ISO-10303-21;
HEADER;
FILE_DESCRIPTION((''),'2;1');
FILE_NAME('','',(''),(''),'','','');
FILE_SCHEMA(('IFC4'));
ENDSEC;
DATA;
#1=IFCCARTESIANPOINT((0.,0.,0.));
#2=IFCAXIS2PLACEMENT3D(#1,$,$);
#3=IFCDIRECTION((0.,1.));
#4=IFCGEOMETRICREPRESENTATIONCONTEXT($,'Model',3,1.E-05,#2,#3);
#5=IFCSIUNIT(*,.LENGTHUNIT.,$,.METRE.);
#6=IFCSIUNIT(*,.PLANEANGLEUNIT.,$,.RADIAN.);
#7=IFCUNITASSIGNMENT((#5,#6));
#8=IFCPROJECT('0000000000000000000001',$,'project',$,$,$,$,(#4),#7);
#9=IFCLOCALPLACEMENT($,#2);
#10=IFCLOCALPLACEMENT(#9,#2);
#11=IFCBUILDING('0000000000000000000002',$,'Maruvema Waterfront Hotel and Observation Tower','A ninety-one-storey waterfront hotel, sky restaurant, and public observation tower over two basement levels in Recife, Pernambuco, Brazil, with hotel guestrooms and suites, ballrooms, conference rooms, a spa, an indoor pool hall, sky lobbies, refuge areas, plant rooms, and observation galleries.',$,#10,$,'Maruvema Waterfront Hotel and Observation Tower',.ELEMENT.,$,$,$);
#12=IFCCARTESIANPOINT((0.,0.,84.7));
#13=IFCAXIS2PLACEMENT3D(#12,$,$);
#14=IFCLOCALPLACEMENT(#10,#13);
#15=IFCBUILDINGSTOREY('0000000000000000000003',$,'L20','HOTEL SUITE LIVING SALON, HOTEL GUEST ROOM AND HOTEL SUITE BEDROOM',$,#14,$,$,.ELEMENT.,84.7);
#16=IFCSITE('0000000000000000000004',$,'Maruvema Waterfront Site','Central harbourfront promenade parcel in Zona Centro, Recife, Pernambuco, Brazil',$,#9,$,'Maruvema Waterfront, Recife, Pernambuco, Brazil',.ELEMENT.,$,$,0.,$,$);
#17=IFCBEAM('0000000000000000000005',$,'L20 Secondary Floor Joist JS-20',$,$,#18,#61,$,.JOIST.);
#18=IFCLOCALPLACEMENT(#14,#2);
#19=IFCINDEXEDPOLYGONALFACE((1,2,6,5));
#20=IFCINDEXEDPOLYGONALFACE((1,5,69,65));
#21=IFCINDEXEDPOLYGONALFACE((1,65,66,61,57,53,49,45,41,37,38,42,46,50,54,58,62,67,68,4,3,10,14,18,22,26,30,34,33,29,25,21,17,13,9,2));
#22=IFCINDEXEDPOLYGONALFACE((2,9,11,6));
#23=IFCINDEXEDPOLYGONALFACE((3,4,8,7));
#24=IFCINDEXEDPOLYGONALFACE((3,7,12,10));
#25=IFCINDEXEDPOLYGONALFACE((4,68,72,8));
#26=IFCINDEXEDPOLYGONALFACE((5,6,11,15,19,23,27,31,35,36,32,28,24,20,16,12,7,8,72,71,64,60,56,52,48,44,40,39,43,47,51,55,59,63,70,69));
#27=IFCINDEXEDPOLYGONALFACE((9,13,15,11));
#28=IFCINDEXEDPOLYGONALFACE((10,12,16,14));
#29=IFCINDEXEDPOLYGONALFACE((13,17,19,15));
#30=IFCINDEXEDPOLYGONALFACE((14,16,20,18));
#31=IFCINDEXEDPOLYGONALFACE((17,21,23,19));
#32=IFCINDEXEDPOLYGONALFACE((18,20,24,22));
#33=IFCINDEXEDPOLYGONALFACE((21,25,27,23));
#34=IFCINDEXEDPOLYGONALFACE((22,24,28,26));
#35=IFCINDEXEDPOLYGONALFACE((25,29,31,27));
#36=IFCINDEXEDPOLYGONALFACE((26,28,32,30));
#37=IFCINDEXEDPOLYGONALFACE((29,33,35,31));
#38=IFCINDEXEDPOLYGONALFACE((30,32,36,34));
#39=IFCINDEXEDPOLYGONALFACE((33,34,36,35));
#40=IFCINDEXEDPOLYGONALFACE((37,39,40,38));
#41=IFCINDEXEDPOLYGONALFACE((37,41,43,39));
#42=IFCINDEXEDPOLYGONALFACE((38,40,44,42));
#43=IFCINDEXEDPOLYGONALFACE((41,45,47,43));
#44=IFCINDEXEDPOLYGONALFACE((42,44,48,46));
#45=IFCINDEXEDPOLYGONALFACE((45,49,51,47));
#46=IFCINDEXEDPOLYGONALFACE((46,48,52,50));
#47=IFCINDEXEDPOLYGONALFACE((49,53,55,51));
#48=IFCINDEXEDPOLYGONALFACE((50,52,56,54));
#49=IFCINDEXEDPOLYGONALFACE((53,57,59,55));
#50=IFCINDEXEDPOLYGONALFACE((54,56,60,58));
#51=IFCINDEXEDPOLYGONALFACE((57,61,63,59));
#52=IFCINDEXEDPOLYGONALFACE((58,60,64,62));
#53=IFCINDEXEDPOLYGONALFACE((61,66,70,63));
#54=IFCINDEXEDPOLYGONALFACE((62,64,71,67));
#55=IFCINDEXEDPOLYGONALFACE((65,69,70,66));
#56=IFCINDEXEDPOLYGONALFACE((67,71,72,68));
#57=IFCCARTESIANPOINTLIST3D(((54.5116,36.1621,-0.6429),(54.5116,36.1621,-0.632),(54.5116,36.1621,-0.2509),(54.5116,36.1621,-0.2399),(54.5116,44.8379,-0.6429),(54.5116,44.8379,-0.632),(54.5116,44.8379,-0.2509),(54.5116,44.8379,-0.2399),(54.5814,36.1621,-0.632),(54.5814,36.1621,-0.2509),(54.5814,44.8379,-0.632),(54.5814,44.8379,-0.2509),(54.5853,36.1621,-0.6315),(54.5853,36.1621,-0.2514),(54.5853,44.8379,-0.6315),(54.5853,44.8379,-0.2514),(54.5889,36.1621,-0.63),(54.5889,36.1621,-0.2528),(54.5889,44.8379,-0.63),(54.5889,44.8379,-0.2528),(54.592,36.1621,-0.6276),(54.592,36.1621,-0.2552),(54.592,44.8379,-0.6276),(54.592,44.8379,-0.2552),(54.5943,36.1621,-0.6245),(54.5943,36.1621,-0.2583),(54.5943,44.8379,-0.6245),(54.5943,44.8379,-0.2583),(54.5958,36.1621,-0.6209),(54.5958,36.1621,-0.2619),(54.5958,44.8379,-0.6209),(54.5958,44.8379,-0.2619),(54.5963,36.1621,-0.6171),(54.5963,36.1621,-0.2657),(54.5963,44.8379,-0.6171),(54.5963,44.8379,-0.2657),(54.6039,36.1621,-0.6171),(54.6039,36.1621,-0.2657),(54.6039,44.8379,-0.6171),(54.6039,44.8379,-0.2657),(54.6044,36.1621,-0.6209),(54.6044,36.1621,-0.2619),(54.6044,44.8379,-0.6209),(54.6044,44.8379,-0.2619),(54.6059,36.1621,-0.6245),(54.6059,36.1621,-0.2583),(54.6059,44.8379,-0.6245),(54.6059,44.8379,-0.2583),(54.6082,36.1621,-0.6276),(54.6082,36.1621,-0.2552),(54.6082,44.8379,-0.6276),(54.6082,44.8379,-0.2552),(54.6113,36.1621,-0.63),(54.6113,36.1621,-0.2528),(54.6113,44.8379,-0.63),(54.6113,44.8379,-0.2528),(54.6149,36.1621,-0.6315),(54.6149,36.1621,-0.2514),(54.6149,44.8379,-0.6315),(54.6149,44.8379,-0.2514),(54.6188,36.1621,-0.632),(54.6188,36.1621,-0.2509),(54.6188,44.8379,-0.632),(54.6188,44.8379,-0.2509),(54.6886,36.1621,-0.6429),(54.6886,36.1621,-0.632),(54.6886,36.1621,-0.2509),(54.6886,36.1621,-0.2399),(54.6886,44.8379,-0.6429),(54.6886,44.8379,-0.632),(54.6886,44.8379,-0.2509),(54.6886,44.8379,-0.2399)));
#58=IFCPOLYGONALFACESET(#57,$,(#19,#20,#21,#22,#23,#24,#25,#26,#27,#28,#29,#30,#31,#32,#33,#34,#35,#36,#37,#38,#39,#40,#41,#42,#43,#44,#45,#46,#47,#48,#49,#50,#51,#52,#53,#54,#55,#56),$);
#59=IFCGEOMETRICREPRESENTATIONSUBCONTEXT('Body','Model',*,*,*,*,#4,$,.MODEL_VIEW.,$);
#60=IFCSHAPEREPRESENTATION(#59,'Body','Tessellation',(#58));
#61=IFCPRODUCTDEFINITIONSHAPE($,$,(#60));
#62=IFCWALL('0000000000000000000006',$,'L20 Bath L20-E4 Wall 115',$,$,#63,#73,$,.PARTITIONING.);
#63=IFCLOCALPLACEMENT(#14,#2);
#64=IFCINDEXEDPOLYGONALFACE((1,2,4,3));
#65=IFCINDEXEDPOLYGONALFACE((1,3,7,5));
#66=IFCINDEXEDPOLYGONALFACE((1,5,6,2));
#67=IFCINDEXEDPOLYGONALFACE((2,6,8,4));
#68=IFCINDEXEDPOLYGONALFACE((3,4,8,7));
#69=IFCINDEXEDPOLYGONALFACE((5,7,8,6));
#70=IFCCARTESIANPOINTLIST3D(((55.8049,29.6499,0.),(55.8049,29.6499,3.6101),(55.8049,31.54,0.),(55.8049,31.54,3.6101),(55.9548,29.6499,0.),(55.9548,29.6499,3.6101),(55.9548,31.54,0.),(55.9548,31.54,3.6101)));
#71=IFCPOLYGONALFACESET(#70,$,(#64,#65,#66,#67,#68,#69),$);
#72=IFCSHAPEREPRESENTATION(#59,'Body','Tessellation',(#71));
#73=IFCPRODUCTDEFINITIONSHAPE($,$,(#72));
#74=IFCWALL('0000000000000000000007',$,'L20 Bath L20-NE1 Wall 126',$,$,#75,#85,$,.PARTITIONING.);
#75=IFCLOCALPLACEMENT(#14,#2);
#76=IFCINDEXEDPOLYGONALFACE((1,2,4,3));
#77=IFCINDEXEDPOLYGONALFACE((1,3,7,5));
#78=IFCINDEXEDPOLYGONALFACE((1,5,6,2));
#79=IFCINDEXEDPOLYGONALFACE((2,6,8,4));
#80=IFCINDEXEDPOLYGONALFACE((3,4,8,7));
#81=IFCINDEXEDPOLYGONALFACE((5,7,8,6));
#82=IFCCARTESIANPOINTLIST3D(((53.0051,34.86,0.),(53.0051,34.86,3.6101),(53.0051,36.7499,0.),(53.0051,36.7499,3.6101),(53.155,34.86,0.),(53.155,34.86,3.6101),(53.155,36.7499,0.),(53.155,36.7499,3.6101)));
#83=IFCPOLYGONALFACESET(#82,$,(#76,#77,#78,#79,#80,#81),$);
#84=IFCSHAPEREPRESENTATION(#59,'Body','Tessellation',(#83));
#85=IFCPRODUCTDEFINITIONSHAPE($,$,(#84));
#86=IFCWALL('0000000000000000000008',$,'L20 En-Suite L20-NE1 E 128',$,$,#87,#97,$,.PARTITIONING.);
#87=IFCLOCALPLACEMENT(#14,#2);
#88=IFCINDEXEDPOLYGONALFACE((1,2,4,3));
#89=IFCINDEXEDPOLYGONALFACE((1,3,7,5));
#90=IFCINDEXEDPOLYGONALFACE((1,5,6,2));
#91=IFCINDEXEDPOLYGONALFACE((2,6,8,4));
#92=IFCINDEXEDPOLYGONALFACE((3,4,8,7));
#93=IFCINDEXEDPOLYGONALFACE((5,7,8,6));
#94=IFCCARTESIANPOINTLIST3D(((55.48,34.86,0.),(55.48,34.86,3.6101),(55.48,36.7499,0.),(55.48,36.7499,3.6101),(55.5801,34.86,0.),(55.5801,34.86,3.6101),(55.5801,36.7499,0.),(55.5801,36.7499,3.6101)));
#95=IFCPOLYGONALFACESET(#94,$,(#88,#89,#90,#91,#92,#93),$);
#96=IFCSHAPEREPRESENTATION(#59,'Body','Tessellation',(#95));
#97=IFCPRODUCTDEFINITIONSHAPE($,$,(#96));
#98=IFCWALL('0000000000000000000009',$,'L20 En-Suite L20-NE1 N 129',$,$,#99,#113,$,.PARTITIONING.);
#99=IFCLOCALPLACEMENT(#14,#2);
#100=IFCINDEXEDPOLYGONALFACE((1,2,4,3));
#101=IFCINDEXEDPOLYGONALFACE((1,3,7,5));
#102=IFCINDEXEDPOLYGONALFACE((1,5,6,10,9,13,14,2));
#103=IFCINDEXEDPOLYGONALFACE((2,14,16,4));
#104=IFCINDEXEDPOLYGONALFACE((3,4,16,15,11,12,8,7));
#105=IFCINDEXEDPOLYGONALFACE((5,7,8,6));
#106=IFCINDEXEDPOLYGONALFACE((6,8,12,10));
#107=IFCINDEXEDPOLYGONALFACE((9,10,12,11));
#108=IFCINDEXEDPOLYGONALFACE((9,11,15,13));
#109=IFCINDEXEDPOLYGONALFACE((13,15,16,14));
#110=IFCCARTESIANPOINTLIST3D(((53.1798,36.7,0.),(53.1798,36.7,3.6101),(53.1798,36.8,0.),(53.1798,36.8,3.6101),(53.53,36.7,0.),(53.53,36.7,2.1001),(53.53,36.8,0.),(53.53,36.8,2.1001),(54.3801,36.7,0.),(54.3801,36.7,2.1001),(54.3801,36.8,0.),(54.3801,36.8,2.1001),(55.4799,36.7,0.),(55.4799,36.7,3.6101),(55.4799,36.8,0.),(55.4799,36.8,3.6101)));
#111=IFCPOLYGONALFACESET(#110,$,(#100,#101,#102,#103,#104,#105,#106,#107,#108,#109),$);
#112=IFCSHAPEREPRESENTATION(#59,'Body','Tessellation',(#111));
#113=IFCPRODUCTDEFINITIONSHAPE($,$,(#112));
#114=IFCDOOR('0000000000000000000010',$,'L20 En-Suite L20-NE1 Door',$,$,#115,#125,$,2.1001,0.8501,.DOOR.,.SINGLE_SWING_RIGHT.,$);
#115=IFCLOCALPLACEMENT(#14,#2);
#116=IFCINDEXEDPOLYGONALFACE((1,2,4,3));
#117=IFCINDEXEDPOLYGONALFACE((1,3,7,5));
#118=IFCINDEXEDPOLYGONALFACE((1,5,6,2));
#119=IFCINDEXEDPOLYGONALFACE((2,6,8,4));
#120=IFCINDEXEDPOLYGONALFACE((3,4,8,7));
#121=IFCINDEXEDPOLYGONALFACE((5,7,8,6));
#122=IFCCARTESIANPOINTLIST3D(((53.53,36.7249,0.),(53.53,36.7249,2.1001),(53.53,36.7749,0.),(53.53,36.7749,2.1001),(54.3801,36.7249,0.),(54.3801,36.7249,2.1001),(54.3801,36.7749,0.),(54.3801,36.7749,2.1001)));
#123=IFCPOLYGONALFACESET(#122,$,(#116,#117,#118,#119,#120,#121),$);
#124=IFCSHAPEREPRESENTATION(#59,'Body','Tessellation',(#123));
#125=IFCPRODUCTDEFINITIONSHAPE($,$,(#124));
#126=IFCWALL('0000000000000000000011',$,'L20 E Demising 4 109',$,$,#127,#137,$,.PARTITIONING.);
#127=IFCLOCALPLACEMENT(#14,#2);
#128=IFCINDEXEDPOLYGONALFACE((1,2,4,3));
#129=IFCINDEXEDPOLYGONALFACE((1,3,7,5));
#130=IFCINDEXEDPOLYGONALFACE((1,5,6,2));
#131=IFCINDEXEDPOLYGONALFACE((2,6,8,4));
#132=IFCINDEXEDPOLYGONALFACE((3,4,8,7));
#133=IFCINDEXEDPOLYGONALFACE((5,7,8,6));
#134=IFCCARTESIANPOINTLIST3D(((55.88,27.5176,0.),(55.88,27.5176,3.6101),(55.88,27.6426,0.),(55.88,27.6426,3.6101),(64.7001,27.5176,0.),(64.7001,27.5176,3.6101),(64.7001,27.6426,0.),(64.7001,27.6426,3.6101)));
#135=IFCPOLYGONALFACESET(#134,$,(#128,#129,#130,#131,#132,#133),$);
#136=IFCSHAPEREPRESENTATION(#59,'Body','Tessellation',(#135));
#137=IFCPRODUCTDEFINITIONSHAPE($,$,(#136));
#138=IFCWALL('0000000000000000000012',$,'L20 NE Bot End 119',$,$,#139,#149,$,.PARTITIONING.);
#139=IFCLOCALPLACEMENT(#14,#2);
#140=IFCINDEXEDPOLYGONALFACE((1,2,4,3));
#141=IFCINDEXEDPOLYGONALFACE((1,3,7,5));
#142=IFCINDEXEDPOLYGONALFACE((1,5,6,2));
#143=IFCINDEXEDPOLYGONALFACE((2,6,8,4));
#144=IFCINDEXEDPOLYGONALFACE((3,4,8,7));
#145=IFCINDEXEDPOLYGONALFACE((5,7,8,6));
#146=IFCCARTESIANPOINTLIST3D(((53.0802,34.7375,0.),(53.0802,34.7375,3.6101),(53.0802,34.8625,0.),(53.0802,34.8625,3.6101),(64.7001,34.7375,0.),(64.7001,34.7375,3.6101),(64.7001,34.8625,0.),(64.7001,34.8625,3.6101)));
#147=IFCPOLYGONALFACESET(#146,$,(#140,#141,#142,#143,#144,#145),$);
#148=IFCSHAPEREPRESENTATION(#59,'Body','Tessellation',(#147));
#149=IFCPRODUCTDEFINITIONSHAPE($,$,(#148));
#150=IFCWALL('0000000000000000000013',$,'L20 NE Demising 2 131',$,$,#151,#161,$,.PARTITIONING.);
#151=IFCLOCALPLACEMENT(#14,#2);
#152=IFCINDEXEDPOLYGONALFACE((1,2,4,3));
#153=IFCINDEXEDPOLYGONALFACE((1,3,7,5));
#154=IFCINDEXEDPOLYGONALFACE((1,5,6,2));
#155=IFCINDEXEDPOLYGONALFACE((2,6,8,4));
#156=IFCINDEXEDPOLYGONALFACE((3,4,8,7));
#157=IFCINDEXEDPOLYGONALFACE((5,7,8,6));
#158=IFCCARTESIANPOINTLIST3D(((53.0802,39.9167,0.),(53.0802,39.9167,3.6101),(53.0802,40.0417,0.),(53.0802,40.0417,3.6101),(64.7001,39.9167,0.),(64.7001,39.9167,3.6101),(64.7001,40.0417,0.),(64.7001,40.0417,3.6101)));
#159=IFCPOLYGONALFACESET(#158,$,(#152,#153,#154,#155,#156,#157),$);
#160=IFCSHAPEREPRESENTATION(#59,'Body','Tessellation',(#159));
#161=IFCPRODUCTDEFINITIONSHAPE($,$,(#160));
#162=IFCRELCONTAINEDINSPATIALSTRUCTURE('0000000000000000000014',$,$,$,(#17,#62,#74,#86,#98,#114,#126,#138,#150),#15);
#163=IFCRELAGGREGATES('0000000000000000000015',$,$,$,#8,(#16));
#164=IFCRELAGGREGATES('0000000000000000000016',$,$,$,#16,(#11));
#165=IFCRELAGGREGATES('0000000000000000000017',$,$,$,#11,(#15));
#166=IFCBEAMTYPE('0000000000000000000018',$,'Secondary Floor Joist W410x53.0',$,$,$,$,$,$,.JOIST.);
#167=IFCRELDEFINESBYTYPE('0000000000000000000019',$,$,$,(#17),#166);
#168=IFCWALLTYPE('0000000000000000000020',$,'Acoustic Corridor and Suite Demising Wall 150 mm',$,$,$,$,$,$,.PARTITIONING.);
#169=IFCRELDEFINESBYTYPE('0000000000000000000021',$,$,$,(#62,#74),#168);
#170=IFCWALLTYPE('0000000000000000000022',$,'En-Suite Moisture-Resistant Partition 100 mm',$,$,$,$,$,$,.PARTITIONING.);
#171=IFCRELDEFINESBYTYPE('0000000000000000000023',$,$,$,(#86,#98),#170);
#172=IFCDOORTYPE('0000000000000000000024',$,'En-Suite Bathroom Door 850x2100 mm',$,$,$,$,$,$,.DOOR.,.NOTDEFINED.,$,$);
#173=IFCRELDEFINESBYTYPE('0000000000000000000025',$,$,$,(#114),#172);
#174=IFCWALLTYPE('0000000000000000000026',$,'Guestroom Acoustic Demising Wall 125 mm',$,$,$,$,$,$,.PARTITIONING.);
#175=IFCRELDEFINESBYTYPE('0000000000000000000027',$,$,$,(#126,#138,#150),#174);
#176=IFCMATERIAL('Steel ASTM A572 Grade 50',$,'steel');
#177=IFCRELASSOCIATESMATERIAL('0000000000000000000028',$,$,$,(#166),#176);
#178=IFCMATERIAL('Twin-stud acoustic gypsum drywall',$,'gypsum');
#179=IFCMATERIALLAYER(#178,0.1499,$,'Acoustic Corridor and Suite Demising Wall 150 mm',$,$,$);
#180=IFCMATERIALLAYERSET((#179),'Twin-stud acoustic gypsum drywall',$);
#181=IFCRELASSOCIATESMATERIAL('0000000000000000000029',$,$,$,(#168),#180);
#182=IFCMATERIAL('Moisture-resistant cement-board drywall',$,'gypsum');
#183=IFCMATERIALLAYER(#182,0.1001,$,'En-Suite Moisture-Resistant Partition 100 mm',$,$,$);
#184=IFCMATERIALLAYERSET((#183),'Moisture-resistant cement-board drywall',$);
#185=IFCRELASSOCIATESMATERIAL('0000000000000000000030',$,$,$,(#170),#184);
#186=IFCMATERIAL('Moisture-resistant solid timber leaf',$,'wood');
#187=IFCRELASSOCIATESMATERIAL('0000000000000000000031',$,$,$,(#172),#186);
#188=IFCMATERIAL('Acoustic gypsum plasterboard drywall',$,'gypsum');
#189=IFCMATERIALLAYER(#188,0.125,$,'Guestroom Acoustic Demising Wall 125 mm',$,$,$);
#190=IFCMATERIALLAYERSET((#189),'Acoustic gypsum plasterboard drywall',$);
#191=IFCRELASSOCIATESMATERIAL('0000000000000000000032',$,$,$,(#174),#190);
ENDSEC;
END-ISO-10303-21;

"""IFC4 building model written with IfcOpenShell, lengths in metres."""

from ifc_helpers import new_model, si_unit, direction, frame, frame_2d, origin, origin_2d, place, context, subcontext, project, spatial, rectangle, i_section, extrude, material, layer, layer_set, material_profile, profile_set, type_object, element, fill, save


model = new_model("IFC4")

# Units and contexts
model_context = context("Model", 3, precision=1e-05, world=origin(), true_north=direction((0.0, 1.0)))
body_context = subcontext(model_context, "Body", "Model", "MODEL_VIEW")
ifc_project = project(units=[si_unit("LENGTHUNIT", "METRE"), si_unit("PLANEANGLEUNIT", "RADIAN")], contexts=[model_context])

# Site, building, storey
site_placement = place(None, origin())
site = spatial("IfcSite", under=ifc_project, at=site_placement, Name="Maruvema Waterfront Site", Description="Central harbourfront promenade parcel in Zona Centro, Recife, Pernambuco, Brazil", LongName="Maruvema Waterfront, Recife, Pernambuco, Brazil", CompositionType="ELEMENT", RefElevation=0.0)
building_placement = place(site_placement, origin())
building = spatial("IfcBuilding", under=site, at=building_placement, Name="Maruvema Waterfront Hotel and Observation Tower", Description="A ninety-one-storey waterfront hotel, sky restaurant, and public observation tower over two basement levels in Recife, Pernambuco, Brazil, with hotel guestrooms and suites, ballrooms, conference rooms, a spa, an indoor pool hall, sky lobbies, refuge areas, plant rooms, and observation galleries.", LongName="Maruvema Waterfront Hotel and Observation Tower", CompositionType="ELEMENT")
storey_placement = place(building_placement, frame((0.0, 0.0, 84.7)))
storey = spatial("IfcBuildingStorey", under=building, at=storey_placement, Name="L20", Description="HOTEL SUITE LIVING SALON, HOTEL GUEST ROOM AND HOTEL SUITE BEDROOM", CompositionType="ELEMENT", Elevation=84.7)

# Beam
ifc_material_1 = material(Name="Steel ASTM A572 Grade 50", Category="steel")
ifc_material_profile_1 = material_profile(ifc_material_1, i_section(OverallWidth=0.177, OverallDepth=0.4031, WebThickness=0.0076, FlangeThickness=0.011, FilletRadius=0.0149, at=origin_2d()), Name="W410x53.0")
ifc_profile_set_1 = profile_set([ifc_material_profile_1], Name="Steel ASTM A572 Grade 50")
beam_type_1 = type_object("IfcBeamType", Name="Secondary Floor Joist W410x53.0", PredefinedType="JOIST", material=ifc_profile_set_1)
beam_1_placement = place(storey_placement, frame((54.6001, 36.1621, -0.4414), z_axis=(0.0, 1.0, 0.0), x_axis=(-1.0, 0.0, 0.0)))
element("IfcBeam", 1, at=beam_1_placement, inside=storey, type_object=beam_type_1, Name="L20 Secondary Floor Joist JS-20", PredefinedType="JOIST", context=body_context, shape_type="SweptSolid", body=[
    extrude(i_section(OverallWidth=0.177, OverallDepth=0.4031, WebThickness=0.0076, FlangeThickness=0.011, FilletRadius=0.0149, at=origin_2d()), origin(), (0.0, 0.0, 1.0), 8.6758),
])

# Shared definitions
ifc_material_2 = material(Name="Twin-stud acoustic gypsum drywall", Category="gypsum")
ifc_layer_1 = layer(ifc_material_2, 0.1499, Name="Acoustic Corridor and Suite Demising Wall 150 mm")
ifc_layer_set_1 = layer_set([ifc_layer_1], Name="Twin-stud acoustic gypsum drywall")
wall_type_1 = type_object("IfcWallType", Name="Acoustic Corridor and Suite Demising Wall 150 mm", PredefinedType="PARTITIONING", material=ifc_layer_set_1)

# Walls
wall_1_placement = place(storey_placement, frame((55.8799, 29.6499, 0.0), z_axis=(0.0, 0.0, 1.0), x_axis=(0.0, 1.0, 0.0)))
element("IfcWall", 2, at=wall_1_placement, inside=storey, type_object=wall_type_1, Name="L20 Bath L20-E4 Wall 115", PredefinedType="PARTITIONING", context=body_context, shape_type="SweptSolid", body=[
    extrude(rectangle(XDim=1.8901, YDim=0.1499, at=frame_2d((0.9451, 0.0))), origin(), (0.0, 0.0, 1.0), 3.6101),
])
wall_2_placement = place(storey_placement, frame((53.0801, 34.8601, 0.0), z_axis=(0.0, 0.0, 1.0), x_axis=(0.0, 1.0, 0.0)))
element("IfcWall", 3, at=wall_2_placement, inside=storey, type_object=wall_type_1, Name="L20 Bath L20-NE1 Wall 126", PredefinedType="PARTITIONING", context=body_context, shape_type="SweptSolid", body=[
    extrude(rectangle(XDim=1.8899, YDim=0.1499, at=frame_2d((0.9448, 0.0))), origin(), (0.0, 0.0, 1.0), 3.6101),
])

# Wall
ifc_material_3 = material(Name="Moisture-resistant cement-board drywall", Category="gypsum")
ifc_layer_2 = layer(ifc_material_3, 0.1001, Name="En-Suite Moisture-Resistant Partition 100 mm")
ifc_layer_set_2 = layer_set([ifc_layer_2], Name="Moisture-resistant cement-board drywall")
wall_type_2 = type_object("IfcWallType", Name="En-Suite Moisture-Resistant Partition 100 mm", PredefinedType="PARTITIONING", material=ifc_layer_set_2)
wall_3_placement = place(storey_placement, frame((55.53, 34.8601, 0.0), z_axis=(0.0, 0.0, 1.0), x_axis=(0.0, 1.0, 0.0)))
element("IfcWall", 4, at=wall_3_placement, inside=storey, type_object=wall_type_2, Name="L20 En-Suite L20-NE1 E 128", PredefinedType="PARTITIONING", context=body_context, shape_type="SweptSolid", body=[
    extrude(rectangle(XDim=1.8899, YDim=0.1001, at=frame_2d((0.9448, 0.0))), origin(), (0.0, 0.0, 1.0), 3.6101),
])

# Wall, opening, door
wall_4_placement = place(storey_placement, frame((53.1799, 36.75, 0.0), z_axis=(0.0, 0.0, 1.0), x_axis=(1.0, 0.0, 0.0)))
wall_4 = element("IfcWall", 5, at=wall_4_placement, inside=storey, type_object=wall_type_2, Name="L20 En-Suite L20-NE1 N 129", PredefinedType="PARTITIONING", context=body_context, shape_type="SweptSolid", body=[
    extrude(rectangle(XDim=2.3, YDim=0.1001, at=frame_2d((1.1499, 0.0))), origin(), (0.0, 0.0, 1.0), 3.6101),
])
opening_1_placement = place(wall_4_placement, frame((0.3501, 0.0, 0.0)))
opening_1 = element("IfcOpeningElement", 6, at=opening_1_placement, cuts=wall_4, PredefinedType="OPENING", context=body_context, shape_type="SweptSolid", body=[
    extrude(rectangle(XDim=0.8501, YDim=2.1001, at=frame_2d((0.425, 1.05))), frame((0.0, 0.0601, 0.0), z_axis=(0.0, -1.0, 0.0), x_axis=(1.0, 0.0, 0.0)), (0.0, 0.0, 1.0), 0.1201),
])
ifc_material_4 = material(Name="Moisture-resistant solid timber leaf", Category="wood")
door_type_1 = type_object("IfcDoorType", Name="En-Suite Bathroom Door 850x2100 mm", OperationType="NOTDEFINED", PredefinedType="DOOR", material=ifc_material_4)
door_1_placement = place(opening_1_placement, origin())
door_1 = element("IfcDoor", 7, at=door_1_placement, inside=storey, type_object=door_type_1, Name="L20 En-Suite L20-NE1 Door", OperationType="SINGLE_SWING_RIGHT", OverallHeight=2.1001, OverallWidth=0.8501, PredefinedType="DOOR", context=body_context, shape_type="SweptSolid", body=[
    extrude(rectangle(XDim=0.8501, YDim=2.1001, at=frame_2d((0.425, 1.05))), frame((0.0, 0.0249, 0.0), z_axis=(0.0, -1.0, 0.0), x_axis=(1.0, 0.0, 0.0)), (0.0, 0.0, 1.0), 0.05),
])
fill(opening_1, door_1)

# Walls
ifc_material_5 = material(Name="Acoustic gypsum plasterboard drywall", Category="gypsum")
ifc_layer_3 = layer(ifc_material_5, 0.125, Name="Guestroom Acoustic Demising Wall 125 mm")
ifc_layer_set_3 = layer_set([ifc_layer_3], Name="Acoustic gypsum plasterboard drywall")
wall_type_3 = type_object("IfcWallType", Name="Guestroom Acoustic Demising Wall 125 mm", PredefinedType="PARTITIONING", material=ifc_layer_set_3)
wall_5_placement = place(storey_placement, frame((55.8799, 27.5801, 0.0), z_axis=(0.0, 0.0, 1.0), x_axis=(1.0, 0.0, 0.0)))
element("IfcWall", 8, at=wall_5_placement, inside=storey, type_object=wall_type_3, Name="L20 E Demising 4 109", PredefinedType="PARTITIONING", context=body_context, shape_type="SweptSolid", body=[
    extrude(rectangle(XDim=8.8201, YDim=0.125, at=frame_2d((4.4102, 0.0))), origin(), (0.0, 0.0, 1.0), 3.6101),
])
for number, where, z_axis, x_axis, name in (
    (9, (53.0801, 34.8, 0.0), (0.0, 0.0, 1.0), (1.0, 0.0, 0.0), "L20 NE Bot End 119"),
    (10, (53.0801, 39.9792, 0.0), (0.0, 0.0, 1.0), (1.0, 0.0, 0.0), "L20 NE Demising 2 131"),
):
    element("IfcWall", number, at=place(storey_placement, frame(where, z_axis=z_axis, x_axis=x_axis)), inside=storey, type_object=wall_type_3, Name=name, PredefinedType="PARTITIONING", context=body_context, shape_type="SweptSolid", body=[
        extrude(rectangle(XDim=11.6199, YDim=0.125, at=frame_2d((5.8101, 0.0))), origin(), (0.0, 0.0, 1.0), 3.6101),
    ])

save(model, "model.ifc")
